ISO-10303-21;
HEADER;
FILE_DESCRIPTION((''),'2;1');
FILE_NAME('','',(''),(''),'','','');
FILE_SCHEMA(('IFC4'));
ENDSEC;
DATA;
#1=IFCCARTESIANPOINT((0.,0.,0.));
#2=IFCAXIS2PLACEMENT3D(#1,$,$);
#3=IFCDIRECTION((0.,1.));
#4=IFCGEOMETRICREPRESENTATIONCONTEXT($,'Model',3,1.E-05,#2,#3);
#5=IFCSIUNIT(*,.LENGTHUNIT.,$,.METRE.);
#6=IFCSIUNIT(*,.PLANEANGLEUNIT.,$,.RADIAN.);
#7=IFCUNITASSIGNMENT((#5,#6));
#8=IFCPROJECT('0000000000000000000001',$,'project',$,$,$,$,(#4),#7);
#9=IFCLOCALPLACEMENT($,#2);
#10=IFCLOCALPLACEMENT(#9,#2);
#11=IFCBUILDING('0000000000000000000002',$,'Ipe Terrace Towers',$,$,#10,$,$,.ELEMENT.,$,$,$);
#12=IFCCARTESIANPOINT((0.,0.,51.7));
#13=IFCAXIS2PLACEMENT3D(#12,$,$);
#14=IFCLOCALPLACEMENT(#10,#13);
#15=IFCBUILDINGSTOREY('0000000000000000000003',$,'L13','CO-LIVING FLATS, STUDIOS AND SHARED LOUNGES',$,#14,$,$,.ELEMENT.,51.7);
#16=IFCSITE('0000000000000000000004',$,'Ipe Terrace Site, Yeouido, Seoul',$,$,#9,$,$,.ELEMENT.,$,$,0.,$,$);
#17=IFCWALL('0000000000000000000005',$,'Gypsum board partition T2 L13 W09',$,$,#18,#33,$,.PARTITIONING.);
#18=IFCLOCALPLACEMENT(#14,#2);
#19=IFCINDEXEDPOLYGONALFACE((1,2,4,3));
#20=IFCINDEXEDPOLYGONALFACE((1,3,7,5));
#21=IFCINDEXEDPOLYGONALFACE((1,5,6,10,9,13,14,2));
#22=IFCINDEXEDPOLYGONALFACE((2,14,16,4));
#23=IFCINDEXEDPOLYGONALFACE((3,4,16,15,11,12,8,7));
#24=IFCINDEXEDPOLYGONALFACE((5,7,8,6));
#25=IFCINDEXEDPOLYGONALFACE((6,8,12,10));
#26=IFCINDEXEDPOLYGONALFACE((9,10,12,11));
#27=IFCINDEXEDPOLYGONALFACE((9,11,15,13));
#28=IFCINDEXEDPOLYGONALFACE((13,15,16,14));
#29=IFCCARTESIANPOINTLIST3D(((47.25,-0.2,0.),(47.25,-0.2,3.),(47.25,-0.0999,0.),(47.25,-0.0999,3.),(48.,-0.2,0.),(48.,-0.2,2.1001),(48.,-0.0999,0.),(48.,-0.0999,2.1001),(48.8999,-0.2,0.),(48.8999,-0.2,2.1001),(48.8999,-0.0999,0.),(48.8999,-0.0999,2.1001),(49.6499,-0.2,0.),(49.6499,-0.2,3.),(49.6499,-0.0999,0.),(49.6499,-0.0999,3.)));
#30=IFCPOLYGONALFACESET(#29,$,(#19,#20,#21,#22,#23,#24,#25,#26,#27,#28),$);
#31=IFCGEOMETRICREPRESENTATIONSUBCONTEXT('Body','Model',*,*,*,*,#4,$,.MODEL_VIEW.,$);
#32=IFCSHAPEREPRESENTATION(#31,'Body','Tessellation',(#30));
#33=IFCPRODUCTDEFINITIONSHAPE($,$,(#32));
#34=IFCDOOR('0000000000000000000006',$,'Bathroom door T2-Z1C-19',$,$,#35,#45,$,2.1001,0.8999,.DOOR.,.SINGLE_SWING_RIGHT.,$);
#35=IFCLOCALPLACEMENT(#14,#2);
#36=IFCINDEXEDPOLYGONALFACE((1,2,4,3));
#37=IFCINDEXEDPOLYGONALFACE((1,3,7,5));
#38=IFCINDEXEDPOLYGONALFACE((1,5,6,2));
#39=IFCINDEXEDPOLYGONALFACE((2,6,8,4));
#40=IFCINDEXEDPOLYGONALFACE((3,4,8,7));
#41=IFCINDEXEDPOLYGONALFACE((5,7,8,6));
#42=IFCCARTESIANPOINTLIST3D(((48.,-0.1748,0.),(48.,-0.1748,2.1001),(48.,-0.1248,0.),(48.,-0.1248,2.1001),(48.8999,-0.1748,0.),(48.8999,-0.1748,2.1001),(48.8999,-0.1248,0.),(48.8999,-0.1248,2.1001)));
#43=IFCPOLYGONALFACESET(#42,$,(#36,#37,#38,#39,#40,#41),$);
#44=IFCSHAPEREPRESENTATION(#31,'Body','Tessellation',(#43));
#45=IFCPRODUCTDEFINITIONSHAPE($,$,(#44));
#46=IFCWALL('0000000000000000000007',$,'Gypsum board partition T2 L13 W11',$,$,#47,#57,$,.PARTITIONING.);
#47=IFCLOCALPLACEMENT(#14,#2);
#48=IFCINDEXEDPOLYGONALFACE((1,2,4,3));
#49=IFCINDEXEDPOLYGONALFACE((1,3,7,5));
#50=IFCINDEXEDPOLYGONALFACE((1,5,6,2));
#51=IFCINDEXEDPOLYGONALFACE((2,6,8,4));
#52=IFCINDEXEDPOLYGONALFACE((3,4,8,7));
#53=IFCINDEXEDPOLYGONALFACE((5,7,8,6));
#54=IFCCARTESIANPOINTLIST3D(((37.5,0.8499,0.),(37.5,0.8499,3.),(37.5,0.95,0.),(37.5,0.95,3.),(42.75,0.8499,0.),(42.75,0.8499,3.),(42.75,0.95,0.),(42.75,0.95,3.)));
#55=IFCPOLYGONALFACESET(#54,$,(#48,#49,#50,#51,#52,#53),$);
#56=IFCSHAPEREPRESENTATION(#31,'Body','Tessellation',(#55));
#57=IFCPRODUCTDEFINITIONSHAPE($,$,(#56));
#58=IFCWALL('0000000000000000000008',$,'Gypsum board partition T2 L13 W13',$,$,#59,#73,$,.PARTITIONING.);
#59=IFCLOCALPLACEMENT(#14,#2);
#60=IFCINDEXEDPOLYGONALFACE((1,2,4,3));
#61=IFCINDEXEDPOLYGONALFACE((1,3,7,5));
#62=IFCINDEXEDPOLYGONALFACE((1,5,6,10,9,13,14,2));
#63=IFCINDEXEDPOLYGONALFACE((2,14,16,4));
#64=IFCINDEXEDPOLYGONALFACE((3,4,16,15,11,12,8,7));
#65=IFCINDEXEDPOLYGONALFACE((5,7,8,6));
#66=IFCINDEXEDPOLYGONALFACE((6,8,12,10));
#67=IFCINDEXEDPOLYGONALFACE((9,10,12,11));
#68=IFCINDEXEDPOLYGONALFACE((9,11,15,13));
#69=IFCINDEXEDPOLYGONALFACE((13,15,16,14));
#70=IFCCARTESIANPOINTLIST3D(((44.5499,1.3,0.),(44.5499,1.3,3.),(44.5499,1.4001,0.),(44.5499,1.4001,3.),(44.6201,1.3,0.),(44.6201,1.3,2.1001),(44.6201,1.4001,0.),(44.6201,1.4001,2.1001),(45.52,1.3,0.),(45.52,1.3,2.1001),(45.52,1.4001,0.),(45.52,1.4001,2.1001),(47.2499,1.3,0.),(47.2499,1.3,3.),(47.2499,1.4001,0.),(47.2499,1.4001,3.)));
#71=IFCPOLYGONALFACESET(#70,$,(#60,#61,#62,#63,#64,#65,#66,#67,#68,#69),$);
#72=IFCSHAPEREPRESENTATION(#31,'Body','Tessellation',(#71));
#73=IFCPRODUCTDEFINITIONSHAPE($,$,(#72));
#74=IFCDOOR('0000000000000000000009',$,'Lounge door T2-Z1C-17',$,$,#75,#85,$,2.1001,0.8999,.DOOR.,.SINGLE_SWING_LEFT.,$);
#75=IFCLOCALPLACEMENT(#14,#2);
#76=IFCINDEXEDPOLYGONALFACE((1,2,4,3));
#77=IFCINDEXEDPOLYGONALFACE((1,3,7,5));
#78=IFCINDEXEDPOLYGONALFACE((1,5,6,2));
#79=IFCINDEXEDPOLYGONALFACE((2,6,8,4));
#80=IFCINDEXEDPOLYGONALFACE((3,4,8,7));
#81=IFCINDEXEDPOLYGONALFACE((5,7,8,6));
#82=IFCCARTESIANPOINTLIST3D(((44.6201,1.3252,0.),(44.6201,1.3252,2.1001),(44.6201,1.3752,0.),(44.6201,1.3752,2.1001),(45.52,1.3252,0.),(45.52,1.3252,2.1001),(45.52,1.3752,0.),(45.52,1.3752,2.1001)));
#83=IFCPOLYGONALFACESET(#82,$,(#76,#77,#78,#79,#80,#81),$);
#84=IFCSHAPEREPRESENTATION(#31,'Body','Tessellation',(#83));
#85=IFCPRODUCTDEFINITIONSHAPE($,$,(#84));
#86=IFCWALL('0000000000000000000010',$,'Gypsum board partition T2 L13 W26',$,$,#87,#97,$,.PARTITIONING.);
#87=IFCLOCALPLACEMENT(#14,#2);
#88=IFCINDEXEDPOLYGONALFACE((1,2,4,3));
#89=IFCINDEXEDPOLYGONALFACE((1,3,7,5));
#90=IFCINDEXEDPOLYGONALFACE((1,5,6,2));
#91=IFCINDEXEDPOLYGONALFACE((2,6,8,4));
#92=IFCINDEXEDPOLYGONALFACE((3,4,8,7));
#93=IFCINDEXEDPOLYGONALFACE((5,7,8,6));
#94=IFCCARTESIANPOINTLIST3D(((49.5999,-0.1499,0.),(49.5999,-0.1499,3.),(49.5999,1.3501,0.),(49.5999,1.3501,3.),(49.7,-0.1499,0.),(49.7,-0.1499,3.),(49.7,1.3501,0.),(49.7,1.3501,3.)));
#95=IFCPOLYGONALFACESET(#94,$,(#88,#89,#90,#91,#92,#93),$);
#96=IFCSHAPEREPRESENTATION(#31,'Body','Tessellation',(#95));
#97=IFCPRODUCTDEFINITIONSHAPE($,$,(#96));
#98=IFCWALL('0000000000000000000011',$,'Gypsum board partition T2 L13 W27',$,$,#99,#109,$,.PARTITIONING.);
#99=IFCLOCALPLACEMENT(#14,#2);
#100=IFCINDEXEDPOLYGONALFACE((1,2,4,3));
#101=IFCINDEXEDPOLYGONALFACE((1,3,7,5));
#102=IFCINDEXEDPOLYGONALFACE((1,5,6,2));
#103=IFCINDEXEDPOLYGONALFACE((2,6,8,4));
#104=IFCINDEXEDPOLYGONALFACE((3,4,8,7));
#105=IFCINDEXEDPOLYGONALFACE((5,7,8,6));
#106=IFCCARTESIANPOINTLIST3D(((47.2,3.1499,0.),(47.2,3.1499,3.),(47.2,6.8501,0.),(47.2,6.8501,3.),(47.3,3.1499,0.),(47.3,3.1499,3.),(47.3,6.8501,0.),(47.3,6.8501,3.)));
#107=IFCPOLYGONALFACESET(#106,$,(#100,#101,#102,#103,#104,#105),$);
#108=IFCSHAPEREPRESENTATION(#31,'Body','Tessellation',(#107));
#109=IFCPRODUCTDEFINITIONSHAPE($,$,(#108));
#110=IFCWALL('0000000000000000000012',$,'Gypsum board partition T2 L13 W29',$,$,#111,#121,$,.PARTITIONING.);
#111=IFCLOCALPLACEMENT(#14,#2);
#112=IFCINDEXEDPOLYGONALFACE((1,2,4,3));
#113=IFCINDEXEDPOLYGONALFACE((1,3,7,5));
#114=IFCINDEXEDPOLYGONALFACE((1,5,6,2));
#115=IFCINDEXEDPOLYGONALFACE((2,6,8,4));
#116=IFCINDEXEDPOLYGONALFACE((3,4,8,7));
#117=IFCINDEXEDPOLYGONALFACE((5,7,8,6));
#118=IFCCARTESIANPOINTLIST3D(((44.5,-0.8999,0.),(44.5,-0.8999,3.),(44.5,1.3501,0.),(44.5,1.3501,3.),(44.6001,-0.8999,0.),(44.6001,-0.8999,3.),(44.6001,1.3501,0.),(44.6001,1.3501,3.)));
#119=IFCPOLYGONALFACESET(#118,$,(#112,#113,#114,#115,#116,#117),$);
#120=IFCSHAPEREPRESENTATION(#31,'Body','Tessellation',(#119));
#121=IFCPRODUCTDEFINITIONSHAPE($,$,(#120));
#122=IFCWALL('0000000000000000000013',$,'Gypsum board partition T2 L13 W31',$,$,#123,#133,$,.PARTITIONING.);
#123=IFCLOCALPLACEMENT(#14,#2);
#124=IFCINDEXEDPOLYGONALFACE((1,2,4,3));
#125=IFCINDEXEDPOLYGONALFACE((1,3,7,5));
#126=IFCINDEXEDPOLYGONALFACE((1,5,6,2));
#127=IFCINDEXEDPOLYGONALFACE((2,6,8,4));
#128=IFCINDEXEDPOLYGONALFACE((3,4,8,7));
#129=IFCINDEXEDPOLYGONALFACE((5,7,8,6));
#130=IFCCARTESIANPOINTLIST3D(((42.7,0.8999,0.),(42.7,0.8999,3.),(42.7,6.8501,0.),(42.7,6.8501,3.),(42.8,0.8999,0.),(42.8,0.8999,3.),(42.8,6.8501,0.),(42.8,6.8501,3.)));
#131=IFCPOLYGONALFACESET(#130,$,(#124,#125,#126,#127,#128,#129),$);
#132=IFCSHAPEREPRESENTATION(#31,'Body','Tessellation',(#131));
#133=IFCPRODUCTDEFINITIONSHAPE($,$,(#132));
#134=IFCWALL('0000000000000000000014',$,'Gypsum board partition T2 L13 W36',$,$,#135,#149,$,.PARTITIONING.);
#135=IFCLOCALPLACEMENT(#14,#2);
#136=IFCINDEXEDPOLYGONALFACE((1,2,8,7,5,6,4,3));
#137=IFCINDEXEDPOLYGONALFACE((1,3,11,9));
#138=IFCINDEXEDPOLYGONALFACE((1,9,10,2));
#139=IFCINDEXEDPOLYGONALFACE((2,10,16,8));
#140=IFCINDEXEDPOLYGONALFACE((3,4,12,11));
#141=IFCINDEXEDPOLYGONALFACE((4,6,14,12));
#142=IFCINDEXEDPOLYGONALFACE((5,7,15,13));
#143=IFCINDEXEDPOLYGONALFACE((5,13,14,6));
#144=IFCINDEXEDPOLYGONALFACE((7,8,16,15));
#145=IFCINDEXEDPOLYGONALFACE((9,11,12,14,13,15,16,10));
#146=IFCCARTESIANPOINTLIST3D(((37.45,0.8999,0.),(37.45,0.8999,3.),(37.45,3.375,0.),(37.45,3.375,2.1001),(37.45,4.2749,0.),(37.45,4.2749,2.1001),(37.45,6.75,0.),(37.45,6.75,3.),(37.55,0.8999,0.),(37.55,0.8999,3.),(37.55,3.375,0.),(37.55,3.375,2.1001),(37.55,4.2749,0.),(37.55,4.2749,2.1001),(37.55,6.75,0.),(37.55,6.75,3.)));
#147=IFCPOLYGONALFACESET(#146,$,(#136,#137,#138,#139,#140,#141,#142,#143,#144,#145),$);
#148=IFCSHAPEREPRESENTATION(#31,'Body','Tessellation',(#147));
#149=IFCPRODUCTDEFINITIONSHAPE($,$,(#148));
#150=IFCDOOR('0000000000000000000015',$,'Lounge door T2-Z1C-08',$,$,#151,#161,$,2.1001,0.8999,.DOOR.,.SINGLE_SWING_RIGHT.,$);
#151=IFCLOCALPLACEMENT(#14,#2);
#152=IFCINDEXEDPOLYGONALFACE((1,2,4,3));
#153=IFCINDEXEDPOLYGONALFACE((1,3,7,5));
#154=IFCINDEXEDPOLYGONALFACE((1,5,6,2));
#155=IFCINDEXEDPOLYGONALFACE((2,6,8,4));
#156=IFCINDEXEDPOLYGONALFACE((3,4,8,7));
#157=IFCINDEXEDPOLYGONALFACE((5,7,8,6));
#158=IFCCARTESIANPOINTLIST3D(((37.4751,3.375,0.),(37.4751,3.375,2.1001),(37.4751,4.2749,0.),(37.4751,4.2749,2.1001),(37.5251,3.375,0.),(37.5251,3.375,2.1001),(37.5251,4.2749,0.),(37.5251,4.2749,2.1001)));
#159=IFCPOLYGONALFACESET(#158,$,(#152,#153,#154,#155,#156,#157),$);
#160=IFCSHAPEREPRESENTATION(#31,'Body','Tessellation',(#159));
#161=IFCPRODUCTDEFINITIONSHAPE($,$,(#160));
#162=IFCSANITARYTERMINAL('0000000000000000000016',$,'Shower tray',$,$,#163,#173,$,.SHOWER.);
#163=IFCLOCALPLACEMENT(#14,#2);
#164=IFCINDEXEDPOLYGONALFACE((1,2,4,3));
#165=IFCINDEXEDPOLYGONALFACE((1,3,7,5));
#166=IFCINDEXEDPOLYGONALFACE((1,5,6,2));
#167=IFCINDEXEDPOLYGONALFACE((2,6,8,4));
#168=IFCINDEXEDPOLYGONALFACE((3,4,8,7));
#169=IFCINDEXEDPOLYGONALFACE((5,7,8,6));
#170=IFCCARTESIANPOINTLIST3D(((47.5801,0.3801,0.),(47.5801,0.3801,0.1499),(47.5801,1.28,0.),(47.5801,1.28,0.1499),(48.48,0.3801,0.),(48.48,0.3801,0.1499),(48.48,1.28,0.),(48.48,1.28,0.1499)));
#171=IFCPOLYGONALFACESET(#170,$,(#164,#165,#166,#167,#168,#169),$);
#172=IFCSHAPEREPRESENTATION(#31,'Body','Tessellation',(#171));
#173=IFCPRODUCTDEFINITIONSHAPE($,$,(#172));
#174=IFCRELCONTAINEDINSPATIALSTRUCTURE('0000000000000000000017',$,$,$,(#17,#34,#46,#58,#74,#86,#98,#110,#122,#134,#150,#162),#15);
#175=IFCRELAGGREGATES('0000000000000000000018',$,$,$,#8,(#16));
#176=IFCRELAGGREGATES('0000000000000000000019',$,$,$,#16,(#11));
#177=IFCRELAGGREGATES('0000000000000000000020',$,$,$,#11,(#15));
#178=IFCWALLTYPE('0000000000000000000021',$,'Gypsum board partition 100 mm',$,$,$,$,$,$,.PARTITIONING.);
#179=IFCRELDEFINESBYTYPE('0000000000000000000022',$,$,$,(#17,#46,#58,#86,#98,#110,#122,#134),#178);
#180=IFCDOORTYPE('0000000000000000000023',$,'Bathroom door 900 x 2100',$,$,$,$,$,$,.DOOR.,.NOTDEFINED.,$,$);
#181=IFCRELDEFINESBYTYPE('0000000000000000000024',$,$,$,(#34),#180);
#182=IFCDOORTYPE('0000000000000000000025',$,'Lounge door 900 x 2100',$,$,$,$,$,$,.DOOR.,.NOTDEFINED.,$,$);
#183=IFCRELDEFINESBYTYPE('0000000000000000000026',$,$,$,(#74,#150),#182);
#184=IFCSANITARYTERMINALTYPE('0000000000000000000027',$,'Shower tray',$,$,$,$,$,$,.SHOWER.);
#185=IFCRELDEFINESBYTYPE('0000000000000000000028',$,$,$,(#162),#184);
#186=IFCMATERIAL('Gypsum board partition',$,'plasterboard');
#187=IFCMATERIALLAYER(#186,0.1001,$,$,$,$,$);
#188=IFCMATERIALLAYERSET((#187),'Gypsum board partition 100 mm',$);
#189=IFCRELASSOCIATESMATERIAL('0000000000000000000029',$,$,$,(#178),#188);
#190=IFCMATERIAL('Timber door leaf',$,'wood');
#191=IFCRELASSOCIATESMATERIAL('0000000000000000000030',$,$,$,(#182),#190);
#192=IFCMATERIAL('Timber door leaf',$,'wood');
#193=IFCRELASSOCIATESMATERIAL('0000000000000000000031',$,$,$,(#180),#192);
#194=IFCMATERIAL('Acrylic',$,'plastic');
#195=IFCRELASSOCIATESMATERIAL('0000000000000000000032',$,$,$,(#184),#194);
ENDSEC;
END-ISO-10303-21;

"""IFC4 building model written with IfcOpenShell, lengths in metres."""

from ifc_helpers import new_model, si_unit, direction, frame, frame_2d, origin, origin_2d, place, context, subcontext, project, spatial, rectangle, extrude, material, layer, layer_set, type_object, element, fill, save


model = new_model("IFC4")

# Units and contexts
model_context = context("Model", 3, precision=1e-05, world=origin(), true_north=direction((0.0, 1.0)))
body_context = subcontext(model_context, "Body", "Model", "MODEL_VIEW")
ifc_project = project(units=[si_unit("LENGTHUNIT", "METRE"), si_unit("PLANEANGLEUNIT", "RADIAN")], contexts=[model_context])

# Site, building, storey
site_placement = place(None, origin())
site = spatial("IfcSite", under=ifc_project, at=site_placement, Name="Ipe Terrace Site, Yeouido, Seoul", CompositionType="ELEMENT", RefElevation=0.0)
building_placement = place(site_placement, origin())
building = spatial("IfcBuilding", under=site, at=building_placement, Name="Ipe Terrace Towers", CompositionType="ELEMENT")
storey_placement = place(building_placement, frame((0.0, 0.0, 51.7)))
storey = spatial("IfcBuildingStorey", under=building, at=storey_placement, Name="L13", Description="CO-LIVING FLATS, STUDIOS AND SHARED LOUNGES", CompositionType="ELEMENT", Elevation=51.7)

# Wall, opening, door
ifc_material_1 = material(Name="Gypsum board partition", Category="plasterboard")
ifc_layer_1 = layer(ifc_material_1, 0.1001)
ifc_layer_set_1 = layer_set([ifc_layer_1], Name="Gypsum board partition 100 mm")
wall_type = type_object("IfcWallType", Name="Gypsum board partition 100 mm", PredefinedType="PARTITIONING", material=ifc_layer_set_1)
ifc_material_2 = material(Name="Timber door leaf", Category="wood")
door_type_1 = type_object("IfcDoorType", Name="Lounge door 900 x 2100", OperationType="NOTDEFINED", PredefinedType="DOOR", material=ifc_material_2)
wall_1_placement = place(storey_placement, frame((49.6499, -0.1499, 0.0), z_axis=(0.0, 0.0, 1.0), x_axis=(-1.0, 0.0, 0.0)))
wall_1 = element("IfcWall", 1, at=wall_1_placement, inside=storey, type_object=wall_type, Name="Gypsum board partition T2 L13 W09", PredefinedType="PARTITIONING", context=body_context, shape_type="SweptSolid", body=[
    extrude(rectangle(XDim=2.3999, YDim=0.1001, at=frame_2d((1.2, 0.0))), origin(), (0.0, 0.0, 1.0), 3.0),
])
opening_1_placement = place(wall_1_placement, frame((0.75, 0.0, 0.0)))
opening_1 = element("IfcOpeningElement", 2, at=opening_1_placement, cuts=wall_1, PredefinedType="OPENING", context=body_context, shape_type="SweptSolid", body=[
    extrude(rectangle(XDim=0.8999, YDim=2.1001, at=frame_2d((0.45, 1.05))), frame((0.0, 0.0601, 0.0), z_axis=(0.0, -1.0, 0.0), x_axis=(1.0, 0.0, 0.0)), (0.0, 0.0, 1.0), 0.1201),
])
ifc_material_3 = material(Name="Timber door leaf", Category="wood")
door_type_2 = type_object("IfcDoorType", Name="Bathroom door 900 x 2100", OperationType="NOTDEFINED", PredefinedType="DOOR", material=ifc_material_3)
door_1_placement = place(opening_1_placement, origin())
door_1 = element("IfcDoor", 3, at=door_1_placement, inside=storey, type_object=door_type_2, Name="Bathroom door T2-Z1C-19", OperationType="SINGLE_SWING_RIGHT", OverallHeight=2.1001, OverallWidth=0.8999, PredefinedType="DOOR", context=body_context, shape_type="SweptSolid", body=[
    extrude(rectangle(XDim=0.8999, YDim=2.1001, at=frame_2d((0.45, 1.05))), frame((0.0, 0.0249, 0.0), z_axis=(0.0, -1.0, 0.0), x_axis=(1.0, 0.0, 0.0)), (0.0, 0.0, 1.0), 0.05),
])
fill(opening_1, door_1)

# Wall
wall_2_placement = place(storey_placement, frame((42.75, 0.8999, 0.0), z_axis=(0.0, 0.0, 1.0), x_axis=(-1.0, 0.0, 0.0)))
element("IfcWall", 4, at=wall_2_placement, inside=storey, type_object=wall_type, Name="Gypsum board partition T2 L13 W11", PredefinedType="PARTITIONING", context=body_context, shape_type="SweptSolid", body=[
    extrude(rectangle(XDim=5.25, YDim=0.1001, at=frame_2d((2.625, 0.0))), origin(), (0.0, 0.0, 1.0), 3.0),
])

# Wall, opening, door
wall_3_placement = place(storey_placement, frame((47.25, 1.3501, 0.0), z_axis=(0.0, 0.0, 1.0), x_axis=(-1.0, 0.0, 0.0)))
wall_3 = element("IfcWall", 5, at=wall_3_placement, inside=storey, type_object=wall_type, Name="Gypsum board partition T2 L13 W13", PredefinedType="PARTITIONING", context=body_context, shape_type="SweptSolid", body=[
    extrude(rectangle(XDim=2.7, YDim=0.1001, at=frame_2d((1.3501, 0.0))), origin(), (0.0, 0.0, 1.0), 3.0),
])
opening_2_placement = place(wall_3_placement, frame((1.73, 0.0, 0.0)))
opening_2 = element("IfcOpeningElement", 6, at=opening_2_placement, cuts=wall_3, PredefinedType="OPENING", context=body_context, shape_type="SweptSolid", body=[
    extrude(rectangle(XDim=0.8999, YDim=2.1001, at=frame_2d((0.45, 1.05))), frame((0.0, 0.0601, 0.0), z_axis=(0.0, -1.0, 0.0), x_axis=(1.0, 0.0, 0.0)), (0.0, 0.0, 1.0), 0.1201),
])
door_2_placement = place(opening_2_placement, origin())
door_2 = element("IfcDoor", 7, at=door_2_placement, inside=storey, type_object=door_type_1, Name="Lounge door T2-Z1C-17", OperationType="SINGLE_SWING_LEFT", OverallHeight=2.1001, OverallWidth=0.8999, PredefinedType="DOOR", context=body_context, shape_type="SweptSolid", body=[
    extrude(rectangle(XDim=0.8999, YDim=2.1001, at=frame_2d((0.45, 1.05))), frame((0.0, 0.0249, 0.0), z_axis=(0.0, -1.0, 0.0), x_axis=(1.0, 0.0, 0.0)), (0.0, 0.0, 1.0), 0.05),
])
fill(opening_2, door_2)

# Walls
wall_4_placement = place(storey_placement, frame((49.6499, -0.1499, 0.0), z_axis=(0.0, 0.0, 1.0), x_axis=(0.0, 1.0, 0.0)))
element("IfcWall", 8, at=wall_4_placement, inside=storey, type_object=wall_type, Name="Gypsum board partition T2 L13 W26", PredefinedType="PARTITIONING", context=body_context, shape_type="SweptSolid", body=[
    extrude(rectangle(XDim=1.5, YDim=0.1001, at=frame_2d((0.75, 0.0))), origin(), (0.0, 0.0, 1.0), 3.0),
])
wall_5_placement = place(storey_placement, frame((47.25, 3.1499, 0.0), z_axis=(0.0, 0.0, 1.0), x_axis=(0.0, 1.0, 0.0)))
element("IfcWall", 9, at=wall_5_placement, inside=storey, type_object=wall_type, Name="Gypsum board partition T2 L13 W27", PredefinedType="PARTITIONING", context=body_context, shape_type="SweptSolid", body=[
    extrude(rectangle(XDim=3.7002, YDim=0.1001, at=frame_2d((1.8501, 0.0))), origin(), (0.0, 0.0, 1.0), 3.0),
])
wall_6_placement = place(storey_placement, frame((44.55, -0.8999, 0.0), z_axis=(0.0, 0.0, 1.0), x_axis=(0.0, 1.0, 0.0)))
element("IfcWall", 10, at=wall_6_placement, inside=storey, type_object=wall_type, Name="Gypsum board partition T2 L13 W29", PredefinedType="PARTITIONING", context=body_context, shape_type="SweptSolid", body=[
    extrude(rectangle(XDim=2.25, YDim=0.1001, at=frame_2d((1.125, 0.0))), origin(), (0.0, 0.0, 1.0), 3.0),
])
wall_7_placement = place(storey_placement, frame((42.75, 0.8999, 0.0), z_axis=(0.0, 0.0, 1.0), x_axis=(0.0, 1.0, 0.0)))
element("IfcWall", 11, at=wall_7_placement, inside=storey, type_object=wall_type, Name="Gypsum board partition T2 L13 W31", PredefinedType="PARTITIONING", context=body_context, shape_type="SweptSolid", body=[
    extrude(rectangle(XDim=5.9502, YDim=0.1001, at=frame_2d((2.9751, 0.0))), origin(), (0.0, 0.0, 1.0), 3.0),
])

# Wall, opening, door
wall_8_placement = place(storey_placement, frame((37.5, 0.8999, 0.0), z_axis=(0.0, 0.0, 1.0), x_axis=(0.0, 1.0, 0.0)))
wall_8 = element("IfcWall", 12, at=wall_8_placement, inside=storey, type_object=wall_type, Name="Gypsum board partition T2 L13 W36", PredefinedType="PARTITIONING", context=body_context, shape_type="SweptSolid", body=[
    extrude(rectangle(XDim=5.8501, YDim=0.1001, at=frame_2d((2.925, 0.0))), origin(), (0.0, 0.0, 1.0), 3.0),
])
opening_3_placement = place(wall_8_placement, frame((2.4751, 0.0, 0.0)))
opening_3 = element("IfcOpeningElement", 13, at=opening_3_placement, cuts=wall_8, PredefinedType="OPENING", context=body_context, shape_type="SweptSolid", body=[
    extrude(rectangle(XDim=0.8999, YDim=2.1001, at=frame_2d((0.45, 1.05))), frame((0.0, 0.0601, 0.0), z_axis=(0.0, -1.0, 0.0), x_axis=(1.0, 0.0, 0.0)), (0.0, 0.0, 1.0), 0.1201),
])
door_3_placement = place(opening_3_placement, origin())
door_3 = element("IfcDoor", 14, at=door_3_placement, inside=storey, type_object=door_type_1, Name="Lounge door T2-Z1C-08", OperationType="SINGLE_SWING_RIGHT", OverallHeight=2.1001, OverallWidth=0.8999, PredefinedType="DOOR", context=body_context, shape_type="SweptSolid", body=[
    extrude(rectangle(XDim=0.8999, YDim=2.1001, at=frame_2d((0.45, 1.05))), frame((0.0, 0.0249, 0.0), z_axis=(0.0, -1.0, 0.0), x_axis=(1.0, 0.0, 0.0)), (0.0, 0.0, 1.0), 0.05),
])
fill(opening_3, door_3)

# Sanitary terminal
ifc_material_4 = material(Name="Acrylic", Category="plastic")
sanitary_terminal_type_1 = type_object("IfcSanitaryTerminalType", Name="Shower tray", PredefinedType="SHOWER", material=ifc_material_4)
sanitary_terminal_1_placement = place(storey_placement, frame((48.03, 0.8301, 0.0), z_axis=(0.0, 0.0, 1.0), x_axis=(0.0, -1.0, 0.0)))
element("IfcSanitaryTerminal", 15, at=sanitary_terminal_1_placement, inside=storey, type_object=sanitary_terminal_type_1, Name="Shower tray", PredefinedType="SHOWER", context=body_context, shape_type="SweptSolid", body=[
    extrude(rectangle(XDim=0.8999, YDim=0.8999, at=origin_2d()), origin(), (0.0, 0.0, 1.0), 0.1499),
])

save(model, "model.ifc")
